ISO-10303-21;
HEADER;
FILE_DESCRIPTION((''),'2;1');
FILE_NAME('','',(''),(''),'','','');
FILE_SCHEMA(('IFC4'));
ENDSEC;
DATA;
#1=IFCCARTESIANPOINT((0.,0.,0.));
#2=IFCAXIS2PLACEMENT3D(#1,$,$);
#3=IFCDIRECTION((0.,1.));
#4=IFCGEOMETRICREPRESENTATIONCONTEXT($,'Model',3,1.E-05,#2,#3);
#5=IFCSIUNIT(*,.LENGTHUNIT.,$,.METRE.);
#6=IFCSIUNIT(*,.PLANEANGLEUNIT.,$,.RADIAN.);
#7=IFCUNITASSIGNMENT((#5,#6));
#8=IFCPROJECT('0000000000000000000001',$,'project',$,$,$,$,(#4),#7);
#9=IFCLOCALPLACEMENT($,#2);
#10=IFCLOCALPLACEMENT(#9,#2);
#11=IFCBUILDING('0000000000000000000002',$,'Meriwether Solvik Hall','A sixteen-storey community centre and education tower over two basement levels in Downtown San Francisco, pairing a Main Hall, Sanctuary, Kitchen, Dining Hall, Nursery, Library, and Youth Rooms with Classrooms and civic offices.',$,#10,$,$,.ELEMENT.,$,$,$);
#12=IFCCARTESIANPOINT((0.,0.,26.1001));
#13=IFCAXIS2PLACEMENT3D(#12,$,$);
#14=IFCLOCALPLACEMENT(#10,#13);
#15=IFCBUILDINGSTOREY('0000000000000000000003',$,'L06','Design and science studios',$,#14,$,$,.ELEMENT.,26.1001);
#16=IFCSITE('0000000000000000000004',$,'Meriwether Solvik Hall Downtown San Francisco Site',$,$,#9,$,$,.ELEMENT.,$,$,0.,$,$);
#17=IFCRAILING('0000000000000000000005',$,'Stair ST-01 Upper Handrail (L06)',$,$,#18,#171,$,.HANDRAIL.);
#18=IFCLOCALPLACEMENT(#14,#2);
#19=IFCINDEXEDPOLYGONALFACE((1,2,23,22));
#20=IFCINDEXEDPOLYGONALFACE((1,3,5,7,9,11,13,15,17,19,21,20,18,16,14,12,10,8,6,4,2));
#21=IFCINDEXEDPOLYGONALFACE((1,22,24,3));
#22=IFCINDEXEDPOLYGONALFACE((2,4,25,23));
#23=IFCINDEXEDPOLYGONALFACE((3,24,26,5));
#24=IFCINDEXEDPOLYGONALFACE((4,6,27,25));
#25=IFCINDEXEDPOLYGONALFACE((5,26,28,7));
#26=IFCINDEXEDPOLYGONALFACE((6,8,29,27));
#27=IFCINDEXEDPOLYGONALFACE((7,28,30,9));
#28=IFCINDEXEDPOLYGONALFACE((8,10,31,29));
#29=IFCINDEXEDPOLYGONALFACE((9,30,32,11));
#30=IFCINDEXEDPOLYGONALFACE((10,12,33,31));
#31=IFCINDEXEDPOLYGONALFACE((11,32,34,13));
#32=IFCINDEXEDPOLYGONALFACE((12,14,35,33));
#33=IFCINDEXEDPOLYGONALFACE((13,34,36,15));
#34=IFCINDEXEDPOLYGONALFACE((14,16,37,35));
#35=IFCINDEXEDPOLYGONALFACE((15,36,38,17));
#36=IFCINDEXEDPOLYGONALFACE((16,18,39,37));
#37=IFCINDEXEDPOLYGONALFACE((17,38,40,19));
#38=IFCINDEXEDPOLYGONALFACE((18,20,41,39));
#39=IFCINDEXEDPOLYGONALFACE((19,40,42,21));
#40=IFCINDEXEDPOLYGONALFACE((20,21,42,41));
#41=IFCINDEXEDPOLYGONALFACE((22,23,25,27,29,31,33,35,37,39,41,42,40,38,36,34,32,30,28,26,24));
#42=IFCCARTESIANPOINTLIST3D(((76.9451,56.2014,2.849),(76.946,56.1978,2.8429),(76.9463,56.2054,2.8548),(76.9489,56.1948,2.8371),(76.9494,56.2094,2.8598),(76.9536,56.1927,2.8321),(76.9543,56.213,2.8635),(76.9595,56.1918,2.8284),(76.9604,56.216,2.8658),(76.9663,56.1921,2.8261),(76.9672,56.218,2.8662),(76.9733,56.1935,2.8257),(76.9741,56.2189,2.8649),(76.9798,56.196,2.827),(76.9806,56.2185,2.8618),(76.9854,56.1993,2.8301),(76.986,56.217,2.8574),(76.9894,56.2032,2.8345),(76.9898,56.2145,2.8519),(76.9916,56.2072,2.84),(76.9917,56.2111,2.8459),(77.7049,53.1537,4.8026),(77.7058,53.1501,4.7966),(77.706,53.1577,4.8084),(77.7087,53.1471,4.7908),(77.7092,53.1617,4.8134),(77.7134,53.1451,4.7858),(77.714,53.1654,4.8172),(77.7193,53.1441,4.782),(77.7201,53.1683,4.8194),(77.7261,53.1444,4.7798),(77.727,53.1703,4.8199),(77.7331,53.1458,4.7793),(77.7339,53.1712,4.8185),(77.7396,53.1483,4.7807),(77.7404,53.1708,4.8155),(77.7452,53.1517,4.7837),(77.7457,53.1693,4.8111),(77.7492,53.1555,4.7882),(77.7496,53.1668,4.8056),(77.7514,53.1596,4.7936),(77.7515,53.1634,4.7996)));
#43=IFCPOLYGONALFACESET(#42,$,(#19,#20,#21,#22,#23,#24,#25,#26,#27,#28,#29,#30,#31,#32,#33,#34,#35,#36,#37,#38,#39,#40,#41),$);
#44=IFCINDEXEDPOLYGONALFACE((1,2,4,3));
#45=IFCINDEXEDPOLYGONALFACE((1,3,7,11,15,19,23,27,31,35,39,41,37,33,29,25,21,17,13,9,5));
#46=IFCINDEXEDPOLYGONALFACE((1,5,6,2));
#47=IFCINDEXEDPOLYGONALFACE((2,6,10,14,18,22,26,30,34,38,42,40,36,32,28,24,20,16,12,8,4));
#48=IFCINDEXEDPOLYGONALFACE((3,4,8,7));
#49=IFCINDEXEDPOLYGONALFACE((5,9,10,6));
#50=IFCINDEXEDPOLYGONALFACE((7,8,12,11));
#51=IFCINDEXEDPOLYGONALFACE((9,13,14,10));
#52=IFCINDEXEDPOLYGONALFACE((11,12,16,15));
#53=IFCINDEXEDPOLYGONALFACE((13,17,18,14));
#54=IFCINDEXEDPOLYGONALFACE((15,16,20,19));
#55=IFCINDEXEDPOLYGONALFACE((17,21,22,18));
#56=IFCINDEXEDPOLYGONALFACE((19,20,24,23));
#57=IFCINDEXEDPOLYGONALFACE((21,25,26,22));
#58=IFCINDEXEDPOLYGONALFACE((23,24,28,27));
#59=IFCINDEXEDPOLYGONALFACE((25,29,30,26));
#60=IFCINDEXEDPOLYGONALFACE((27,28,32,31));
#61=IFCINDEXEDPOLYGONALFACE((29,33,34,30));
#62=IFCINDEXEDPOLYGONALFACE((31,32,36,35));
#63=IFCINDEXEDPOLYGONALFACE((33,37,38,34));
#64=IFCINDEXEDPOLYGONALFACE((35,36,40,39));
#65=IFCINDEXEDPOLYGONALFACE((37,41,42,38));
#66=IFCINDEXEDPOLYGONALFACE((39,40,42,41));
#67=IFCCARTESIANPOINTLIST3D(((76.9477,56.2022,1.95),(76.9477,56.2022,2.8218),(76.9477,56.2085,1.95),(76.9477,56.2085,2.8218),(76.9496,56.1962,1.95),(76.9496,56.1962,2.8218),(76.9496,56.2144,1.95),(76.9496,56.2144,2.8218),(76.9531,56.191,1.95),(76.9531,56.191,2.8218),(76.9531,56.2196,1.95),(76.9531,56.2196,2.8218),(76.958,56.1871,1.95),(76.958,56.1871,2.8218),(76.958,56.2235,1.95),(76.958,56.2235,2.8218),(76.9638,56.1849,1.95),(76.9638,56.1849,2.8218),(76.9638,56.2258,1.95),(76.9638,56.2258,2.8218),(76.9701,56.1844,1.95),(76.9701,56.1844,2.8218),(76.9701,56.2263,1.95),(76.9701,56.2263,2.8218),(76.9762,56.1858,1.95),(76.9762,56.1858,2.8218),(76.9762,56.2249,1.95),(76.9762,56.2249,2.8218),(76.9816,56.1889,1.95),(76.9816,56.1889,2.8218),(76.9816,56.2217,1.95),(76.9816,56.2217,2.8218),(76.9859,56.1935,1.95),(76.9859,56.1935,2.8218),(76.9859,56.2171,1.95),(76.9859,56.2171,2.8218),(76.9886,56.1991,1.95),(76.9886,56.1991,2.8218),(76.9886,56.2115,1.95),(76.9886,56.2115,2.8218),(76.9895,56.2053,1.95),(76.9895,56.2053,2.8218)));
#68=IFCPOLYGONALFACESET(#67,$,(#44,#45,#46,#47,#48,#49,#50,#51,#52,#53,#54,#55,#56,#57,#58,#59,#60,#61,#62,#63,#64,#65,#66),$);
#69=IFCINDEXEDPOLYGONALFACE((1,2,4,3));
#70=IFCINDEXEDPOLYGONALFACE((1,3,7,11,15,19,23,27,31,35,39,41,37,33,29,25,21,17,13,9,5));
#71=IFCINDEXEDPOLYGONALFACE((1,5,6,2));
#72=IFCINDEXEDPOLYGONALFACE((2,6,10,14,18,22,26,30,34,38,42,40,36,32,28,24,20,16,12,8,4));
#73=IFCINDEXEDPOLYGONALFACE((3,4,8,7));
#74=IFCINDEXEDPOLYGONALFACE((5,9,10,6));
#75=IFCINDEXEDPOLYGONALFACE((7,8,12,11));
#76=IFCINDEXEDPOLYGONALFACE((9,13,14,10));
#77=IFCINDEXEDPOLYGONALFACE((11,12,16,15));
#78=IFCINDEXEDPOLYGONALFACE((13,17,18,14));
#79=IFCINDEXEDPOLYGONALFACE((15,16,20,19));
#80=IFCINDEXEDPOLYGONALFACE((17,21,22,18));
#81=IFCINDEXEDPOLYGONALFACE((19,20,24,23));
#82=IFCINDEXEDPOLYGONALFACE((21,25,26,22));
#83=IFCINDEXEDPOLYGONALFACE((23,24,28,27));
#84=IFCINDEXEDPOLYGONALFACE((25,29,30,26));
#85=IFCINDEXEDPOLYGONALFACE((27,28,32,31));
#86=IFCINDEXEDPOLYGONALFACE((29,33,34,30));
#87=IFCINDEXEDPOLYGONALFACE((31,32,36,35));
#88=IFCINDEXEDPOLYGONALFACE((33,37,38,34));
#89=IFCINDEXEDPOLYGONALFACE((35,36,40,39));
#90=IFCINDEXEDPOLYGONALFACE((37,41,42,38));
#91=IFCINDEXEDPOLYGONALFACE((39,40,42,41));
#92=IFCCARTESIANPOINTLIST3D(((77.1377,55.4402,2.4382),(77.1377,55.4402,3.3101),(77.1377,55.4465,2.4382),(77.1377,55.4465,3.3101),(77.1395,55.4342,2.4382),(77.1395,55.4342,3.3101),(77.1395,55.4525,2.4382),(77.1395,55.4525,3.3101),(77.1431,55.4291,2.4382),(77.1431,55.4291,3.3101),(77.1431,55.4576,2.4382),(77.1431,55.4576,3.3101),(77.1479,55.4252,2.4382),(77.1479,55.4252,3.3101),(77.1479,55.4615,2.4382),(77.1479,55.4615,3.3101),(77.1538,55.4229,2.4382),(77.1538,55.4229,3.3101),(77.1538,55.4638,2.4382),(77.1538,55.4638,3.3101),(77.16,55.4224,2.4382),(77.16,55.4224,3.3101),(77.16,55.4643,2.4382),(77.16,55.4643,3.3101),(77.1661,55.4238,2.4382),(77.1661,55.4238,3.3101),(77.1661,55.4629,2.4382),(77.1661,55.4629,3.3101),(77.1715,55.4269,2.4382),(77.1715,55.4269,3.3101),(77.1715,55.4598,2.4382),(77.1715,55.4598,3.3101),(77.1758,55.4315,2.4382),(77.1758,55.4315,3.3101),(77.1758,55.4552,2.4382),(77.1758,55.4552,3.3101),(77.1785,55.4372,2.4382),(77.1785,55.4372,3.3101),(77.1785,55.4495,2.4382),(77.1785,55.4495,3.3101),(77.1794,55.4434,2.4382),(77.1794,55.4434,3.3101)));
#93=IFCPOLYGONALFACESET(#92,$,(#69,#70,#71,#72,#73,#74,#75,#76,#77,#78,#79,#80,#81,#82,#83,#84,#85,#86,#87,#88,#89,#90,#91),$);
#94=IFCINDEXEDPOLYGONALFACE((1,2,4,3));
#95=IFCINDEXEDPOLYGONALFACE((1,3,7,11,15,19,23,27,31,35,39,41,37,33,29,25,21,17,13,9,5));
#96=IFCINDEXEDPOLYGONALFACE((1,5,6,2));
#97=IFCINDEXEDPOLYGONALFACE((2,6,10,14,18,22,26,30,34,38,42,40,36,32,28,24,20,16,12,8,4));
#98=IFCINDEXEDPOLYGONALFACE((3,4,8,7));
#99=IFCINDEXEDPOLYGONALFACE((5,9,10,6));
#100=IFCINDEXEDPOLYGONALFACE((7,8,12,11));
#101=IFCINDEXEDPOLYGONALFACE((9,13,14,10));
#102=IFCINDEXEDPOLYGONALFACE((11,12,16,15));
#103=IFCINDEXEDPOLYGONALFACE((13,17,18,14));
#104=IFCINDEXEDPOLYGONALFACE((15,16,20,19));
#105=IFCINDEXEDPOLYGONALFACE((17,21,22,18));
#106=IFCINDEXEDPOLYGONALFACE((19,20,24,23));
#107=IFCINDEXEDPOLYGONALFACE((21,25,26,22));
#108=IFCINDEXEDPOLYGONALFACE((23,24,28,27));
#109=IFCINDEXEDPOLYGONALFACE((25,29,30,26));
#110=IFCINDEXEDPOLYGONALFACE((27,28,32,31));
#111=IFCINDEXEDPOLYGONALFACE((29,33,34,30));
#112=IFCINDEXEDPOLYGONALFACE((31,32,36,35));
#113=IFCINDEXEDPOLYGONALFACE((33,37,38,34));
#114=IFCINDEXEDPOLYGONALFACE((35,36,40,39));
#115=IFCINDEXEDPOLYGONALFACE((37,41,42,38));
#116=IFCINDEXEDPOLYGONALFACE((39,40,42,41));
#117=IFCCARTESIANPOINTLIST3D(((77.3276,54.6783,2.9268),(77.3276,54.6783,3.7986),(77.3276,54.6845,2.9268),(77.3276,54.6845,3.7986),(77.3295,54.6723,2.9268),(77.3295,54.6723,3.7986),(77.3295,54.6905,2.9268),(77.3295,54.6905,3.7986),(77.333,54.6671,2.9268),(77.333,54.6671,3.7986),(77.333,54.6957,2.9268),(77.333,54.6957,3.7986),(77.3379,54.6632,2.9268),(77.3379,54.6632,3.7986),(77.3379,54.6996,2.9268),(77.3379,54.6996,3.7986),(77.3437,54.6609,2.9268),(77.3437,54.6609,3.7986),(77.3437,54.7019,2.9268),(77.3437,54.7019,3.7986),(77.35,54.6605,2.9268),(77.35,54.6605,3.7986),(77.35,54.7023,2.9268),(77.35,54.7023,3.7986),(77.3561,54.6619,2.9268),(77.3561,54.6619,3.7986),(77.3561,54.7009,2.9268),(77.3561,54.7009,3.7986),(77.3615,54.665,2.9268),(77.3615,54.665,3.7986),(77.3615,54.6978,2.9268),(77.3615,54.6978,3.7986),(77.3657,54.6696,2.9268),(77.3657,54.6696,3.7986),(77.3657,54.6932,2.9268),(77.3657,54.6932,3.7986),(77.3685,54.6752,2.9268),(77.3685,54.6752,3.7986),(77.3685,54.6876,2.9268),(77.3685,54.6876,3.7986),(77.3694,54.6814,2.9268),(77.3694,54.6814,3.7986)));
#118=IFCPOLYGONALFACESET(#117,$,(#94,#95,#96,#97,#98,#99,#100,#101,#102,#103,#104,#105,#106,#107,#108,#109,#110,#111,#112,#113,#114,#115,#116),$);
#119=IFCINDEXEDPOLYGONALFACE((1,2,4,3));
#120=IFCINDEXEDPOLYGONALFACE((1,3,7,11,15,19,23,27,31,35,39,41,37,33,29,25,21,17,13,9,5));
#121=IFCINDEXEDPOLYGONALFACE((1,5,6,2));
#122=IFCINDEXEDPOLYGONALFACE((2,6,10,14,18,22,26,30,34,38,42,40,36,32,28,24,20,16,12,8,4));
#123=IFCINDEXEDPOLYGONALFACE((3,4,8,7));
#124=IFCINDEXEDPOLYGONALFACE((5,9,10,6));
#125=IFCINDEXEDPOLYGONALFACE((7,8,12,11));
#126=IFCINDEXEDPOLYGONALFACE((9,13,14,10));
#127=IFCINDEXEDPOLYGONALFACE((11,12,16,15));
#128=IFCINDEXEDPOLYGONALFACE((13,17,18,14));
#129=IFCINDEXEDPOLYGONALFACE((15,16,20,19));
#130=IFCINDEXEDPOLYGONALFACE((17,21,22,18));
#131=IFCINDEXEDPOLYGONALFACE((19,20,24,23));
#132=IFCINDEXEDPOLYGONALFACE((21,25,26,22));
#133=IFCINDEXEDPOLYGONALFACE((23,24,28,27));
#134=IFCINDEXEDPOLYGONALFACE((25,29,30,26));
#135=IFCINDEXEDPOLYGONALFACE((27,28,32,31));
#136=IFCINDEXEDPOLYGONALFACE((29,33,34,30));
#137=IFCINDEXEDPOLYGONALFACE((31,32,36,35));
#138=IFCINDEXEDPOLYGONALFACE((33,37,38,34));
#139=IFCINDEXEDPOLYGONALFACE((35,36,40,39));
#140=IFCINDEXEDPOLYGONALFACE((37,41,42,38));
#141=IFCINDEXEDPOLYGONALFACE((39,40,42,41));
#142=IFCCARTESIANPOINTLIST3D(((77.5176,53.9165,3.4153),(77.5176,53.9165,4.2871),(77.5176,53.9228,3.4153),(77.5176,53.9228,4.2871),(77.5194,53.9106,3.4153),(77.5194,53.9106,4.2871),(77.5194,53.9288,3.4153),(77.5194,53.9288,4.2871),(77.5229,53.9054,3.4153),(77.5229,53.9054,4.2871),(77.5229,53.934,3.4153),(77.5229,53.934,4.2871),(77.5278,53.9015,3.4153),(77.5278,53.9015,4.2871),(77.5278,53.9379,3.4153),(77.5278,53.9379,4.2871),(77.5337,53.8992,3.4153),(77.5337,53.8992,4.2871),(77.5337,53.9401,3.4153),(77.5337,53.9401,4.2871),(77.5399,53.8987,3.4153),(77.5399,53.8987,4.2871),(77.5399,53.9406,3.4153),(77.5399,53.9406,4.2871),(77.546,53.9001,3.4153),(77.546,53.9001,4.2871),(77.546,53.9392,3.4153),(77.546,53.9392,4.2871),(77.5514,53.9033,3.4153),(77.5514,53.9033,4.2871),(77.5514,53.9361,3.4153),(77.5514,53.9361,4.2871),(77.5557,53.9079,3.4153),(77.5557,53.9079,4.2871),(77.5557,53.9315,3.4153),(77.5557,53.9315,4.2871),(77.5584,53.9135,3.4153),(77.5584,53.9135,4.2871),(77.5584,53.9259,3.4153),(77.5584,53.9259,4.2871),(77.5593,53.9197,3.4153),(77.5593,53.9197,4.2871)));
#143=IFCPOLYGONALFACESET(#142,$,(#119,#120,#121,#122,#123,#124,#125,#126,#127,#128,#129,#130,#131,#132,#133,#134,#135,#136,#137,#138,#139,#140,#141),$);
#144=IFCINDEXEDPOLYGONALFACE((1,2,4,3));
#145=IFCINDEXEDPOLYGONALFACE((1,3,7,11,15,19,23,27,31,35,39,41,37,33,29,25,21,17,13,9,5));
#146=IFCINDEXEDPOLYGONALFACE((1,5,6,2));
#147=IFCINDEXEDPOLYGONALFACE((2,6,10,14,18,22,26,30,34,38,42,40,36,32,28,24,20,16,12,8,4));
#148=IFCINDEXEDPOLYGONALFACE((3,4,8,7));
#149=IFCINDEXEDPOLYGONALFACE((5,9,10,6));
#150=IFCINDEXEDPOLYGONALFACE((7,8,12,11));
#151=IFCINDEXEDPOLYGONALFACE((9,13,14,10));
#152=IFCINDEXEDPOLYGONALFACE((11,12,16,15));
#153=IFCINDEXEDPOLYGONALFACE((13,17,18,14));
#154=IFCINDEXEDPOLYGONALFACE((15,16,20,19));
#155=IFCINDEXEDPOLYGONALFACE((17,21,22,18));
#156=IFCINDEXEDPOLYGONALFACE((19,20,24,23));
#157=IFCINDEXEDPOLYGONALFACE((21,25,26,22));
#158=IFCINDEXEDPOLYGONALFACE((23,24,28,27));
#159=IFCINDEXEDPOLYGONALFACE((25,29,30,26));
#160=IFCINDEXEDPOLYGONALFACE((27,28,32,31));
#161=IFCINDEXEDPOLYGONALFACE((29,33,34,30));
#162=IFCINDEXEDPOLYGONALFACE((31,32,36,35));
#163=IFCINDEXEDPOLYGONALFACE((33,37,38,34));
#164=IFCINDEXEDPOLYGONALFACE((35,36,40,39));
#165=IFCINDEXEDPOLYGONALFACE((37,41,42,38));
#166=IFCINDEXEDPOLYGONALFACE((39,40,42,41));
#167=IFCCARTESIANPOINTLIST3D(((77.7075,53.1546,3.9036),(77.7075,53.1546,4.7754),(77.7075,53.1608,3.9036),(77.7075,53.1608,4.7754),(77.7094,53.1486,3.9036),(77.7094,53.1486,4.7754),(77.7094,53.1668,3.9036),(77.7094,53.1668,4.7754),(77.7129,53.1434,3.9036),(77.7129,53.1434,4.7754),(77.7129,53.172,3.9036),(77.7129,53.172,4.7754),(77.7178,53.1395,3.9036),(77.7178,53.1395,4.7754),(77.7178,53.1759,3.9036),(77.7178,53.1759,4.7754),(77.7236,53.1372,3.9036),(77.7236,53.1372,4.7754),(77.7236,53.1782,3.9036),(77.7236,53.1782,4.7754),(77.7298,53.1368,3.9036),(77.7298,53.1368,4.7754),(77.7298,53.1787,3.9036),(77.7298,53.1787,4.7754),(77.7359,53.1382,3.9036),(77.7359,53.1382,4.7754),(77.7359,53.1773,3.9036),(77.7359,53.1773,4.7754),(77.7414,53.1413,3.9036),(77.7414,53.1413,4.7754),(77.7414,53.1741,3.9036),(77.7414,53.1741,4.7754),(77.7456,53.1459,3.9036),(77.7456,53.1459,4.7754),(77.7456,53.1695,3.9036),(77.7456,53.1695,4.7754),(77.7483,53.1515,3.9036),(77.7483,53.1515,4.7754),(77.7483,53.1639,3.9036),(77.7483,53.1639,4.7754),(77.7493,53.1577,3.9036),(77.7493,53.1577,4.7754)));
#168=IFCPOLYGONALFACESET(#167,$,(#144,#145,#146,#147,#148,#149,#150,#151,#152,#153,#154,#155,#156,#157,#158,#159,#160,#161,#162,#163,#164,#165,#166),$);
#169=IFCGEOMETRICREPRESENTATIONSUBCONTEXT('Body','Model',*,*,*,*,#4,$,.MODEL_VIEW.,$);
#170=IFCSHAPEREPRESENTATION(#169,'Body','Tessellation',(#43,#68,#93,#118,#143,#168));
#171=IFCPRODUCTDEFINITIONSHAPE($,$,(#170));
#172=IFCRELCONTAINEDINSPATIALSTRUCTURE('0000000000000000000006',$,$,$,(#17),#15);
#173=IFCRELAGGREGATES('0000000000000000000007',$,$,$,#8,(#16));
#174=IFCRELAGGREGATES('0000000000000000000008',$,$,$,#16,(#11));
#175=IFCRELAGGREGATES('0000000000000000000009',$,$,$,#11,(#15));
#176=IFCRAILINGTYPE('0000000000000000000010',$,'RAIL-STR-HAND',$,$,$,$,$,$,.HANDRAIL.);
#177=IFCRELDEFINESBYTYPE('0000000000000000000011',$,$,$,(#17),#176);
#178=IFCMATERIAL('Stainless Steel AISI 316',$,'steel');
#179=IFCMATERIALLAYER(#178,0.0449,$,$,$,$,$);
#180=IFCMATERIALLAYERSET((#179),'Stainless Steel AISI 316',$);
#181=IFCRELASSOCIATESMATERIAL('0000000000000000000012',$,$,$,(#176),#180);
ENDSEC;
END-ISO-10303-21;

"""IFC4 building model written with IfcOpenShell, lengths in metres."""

from ifc_helpers import new_model, si_unit, direction, frame, origin, origin_2d, place, context, subcontext, project, spatial, circle, extrude, material, layer, layer_set, type_object, element, save


model = new_model("IFC4")

# Units and contexts
model_context = context("Model", 3, precision=1e-05, world=origin(), true_north=direction((0.0, 1.0)))
body_context = subcontext(model_context, "Body", "Model", "MODEL_VIEW")
ifc_project = project(units=[si_unit("LENGTHUNIT", "METRE"), si_unit("PLANEANGLEUNIT", "RADIAN")], contexts=[model_context])

# Site, building, storey
site_placement = place(None, origin())
site = spatial("IfcSite", under=ifc_project, at=site_placement, Name="Meriwether Solvik Hall Downtown San Francisco Site", CompositionType="ELEMENT", RefElevation=0.0)
building_placement = place(site_placement, origin())
building = spatial("IfcBuilding", under=site, at=building_placement, Name="Meriwether Solvik Hall", Description="A sixteen-storey community centre and education tower over two basement levels in Downtown San Francisco, pairing a Main Hall, Sanctuary, Kitchen, Dining Hall, Nursery, Library, and Youth Rooms with Classrooms and civic offices.", CompositionType="ELEMENT")
storey_placement = place(building_placement, frame((0.0, 0.0, 26.1001)))
storey = spatial("IfcBuildingStorey", under=building, at=storey_placement, Name="L06", Description="Design and science studios", CompositionType="ELEMENT", Elevation=26.1001)

# Railing
ifc_material_1 = material(Name="Stainless Steel AISI 316", Category="steel")
ifc_layer_1 = layer(ifc_material_1, 0.0449)
ifc_layer_set_1 = layer_set([ifc_layer_1], Name="Stainless Steel AISI 316")
railing_type_1 = type_object("IfcRailingType", Name="RAIL-STR-HAND", PredefinedType="HANDRAIL", material=ifc_layer_set_1)
railing_1_placement = place(storey_placement, frame((76.9685, 56.2053, 1.95)))
element("IfcRailing", 1, at=railing_1_placement, inside=storey, type_object=railing_type_1, Name="Stair ST-01 Upper Handrail (L06)", PredefinedType="HANDRAIL", context=body_context, shape_type="SweptSolid", body=[
    extrude(circle(Radius=0.0239, at=origin_2d()), frame((0.0, 0.0, 0.896), z_axis=(0.205404, -0.823926, 0.528163), x_axis=(0.970302, 0.241895, 0.0)), (0.0, 0.0, 1.0), 3.699),
    extrude(circle(Radius=0.021, at=origin_2d()), origin(), (0.0, 0.0, 1.0), 0.8718),
    extrude(circle(Radius=0.021, at=origin_2d()), frame((0.1899, -0.762, 0.4883)), (0.0, 0.0, 1.0), 0.8718),
    extrude(circle(Radius=0.021, at=origin_2d()), frame((0.3799, -1.5239, 0.9768)), (0.0, 0.0, 1.0), 0.8718),
    extrude(circle(Radius=0.021, at=origin_2d()), frame((0.5698, -2.2856, 1.4653)), (0.0, 0.0, 1.0), 0.8718),
    extrude(circle(Radius=0.021, at=origin_2d()), frame((0.7598, -3.0476, 1.9536)), (0.0, 0.0, 1.0), 0.8718),
])

save(model, "model.ifc")
